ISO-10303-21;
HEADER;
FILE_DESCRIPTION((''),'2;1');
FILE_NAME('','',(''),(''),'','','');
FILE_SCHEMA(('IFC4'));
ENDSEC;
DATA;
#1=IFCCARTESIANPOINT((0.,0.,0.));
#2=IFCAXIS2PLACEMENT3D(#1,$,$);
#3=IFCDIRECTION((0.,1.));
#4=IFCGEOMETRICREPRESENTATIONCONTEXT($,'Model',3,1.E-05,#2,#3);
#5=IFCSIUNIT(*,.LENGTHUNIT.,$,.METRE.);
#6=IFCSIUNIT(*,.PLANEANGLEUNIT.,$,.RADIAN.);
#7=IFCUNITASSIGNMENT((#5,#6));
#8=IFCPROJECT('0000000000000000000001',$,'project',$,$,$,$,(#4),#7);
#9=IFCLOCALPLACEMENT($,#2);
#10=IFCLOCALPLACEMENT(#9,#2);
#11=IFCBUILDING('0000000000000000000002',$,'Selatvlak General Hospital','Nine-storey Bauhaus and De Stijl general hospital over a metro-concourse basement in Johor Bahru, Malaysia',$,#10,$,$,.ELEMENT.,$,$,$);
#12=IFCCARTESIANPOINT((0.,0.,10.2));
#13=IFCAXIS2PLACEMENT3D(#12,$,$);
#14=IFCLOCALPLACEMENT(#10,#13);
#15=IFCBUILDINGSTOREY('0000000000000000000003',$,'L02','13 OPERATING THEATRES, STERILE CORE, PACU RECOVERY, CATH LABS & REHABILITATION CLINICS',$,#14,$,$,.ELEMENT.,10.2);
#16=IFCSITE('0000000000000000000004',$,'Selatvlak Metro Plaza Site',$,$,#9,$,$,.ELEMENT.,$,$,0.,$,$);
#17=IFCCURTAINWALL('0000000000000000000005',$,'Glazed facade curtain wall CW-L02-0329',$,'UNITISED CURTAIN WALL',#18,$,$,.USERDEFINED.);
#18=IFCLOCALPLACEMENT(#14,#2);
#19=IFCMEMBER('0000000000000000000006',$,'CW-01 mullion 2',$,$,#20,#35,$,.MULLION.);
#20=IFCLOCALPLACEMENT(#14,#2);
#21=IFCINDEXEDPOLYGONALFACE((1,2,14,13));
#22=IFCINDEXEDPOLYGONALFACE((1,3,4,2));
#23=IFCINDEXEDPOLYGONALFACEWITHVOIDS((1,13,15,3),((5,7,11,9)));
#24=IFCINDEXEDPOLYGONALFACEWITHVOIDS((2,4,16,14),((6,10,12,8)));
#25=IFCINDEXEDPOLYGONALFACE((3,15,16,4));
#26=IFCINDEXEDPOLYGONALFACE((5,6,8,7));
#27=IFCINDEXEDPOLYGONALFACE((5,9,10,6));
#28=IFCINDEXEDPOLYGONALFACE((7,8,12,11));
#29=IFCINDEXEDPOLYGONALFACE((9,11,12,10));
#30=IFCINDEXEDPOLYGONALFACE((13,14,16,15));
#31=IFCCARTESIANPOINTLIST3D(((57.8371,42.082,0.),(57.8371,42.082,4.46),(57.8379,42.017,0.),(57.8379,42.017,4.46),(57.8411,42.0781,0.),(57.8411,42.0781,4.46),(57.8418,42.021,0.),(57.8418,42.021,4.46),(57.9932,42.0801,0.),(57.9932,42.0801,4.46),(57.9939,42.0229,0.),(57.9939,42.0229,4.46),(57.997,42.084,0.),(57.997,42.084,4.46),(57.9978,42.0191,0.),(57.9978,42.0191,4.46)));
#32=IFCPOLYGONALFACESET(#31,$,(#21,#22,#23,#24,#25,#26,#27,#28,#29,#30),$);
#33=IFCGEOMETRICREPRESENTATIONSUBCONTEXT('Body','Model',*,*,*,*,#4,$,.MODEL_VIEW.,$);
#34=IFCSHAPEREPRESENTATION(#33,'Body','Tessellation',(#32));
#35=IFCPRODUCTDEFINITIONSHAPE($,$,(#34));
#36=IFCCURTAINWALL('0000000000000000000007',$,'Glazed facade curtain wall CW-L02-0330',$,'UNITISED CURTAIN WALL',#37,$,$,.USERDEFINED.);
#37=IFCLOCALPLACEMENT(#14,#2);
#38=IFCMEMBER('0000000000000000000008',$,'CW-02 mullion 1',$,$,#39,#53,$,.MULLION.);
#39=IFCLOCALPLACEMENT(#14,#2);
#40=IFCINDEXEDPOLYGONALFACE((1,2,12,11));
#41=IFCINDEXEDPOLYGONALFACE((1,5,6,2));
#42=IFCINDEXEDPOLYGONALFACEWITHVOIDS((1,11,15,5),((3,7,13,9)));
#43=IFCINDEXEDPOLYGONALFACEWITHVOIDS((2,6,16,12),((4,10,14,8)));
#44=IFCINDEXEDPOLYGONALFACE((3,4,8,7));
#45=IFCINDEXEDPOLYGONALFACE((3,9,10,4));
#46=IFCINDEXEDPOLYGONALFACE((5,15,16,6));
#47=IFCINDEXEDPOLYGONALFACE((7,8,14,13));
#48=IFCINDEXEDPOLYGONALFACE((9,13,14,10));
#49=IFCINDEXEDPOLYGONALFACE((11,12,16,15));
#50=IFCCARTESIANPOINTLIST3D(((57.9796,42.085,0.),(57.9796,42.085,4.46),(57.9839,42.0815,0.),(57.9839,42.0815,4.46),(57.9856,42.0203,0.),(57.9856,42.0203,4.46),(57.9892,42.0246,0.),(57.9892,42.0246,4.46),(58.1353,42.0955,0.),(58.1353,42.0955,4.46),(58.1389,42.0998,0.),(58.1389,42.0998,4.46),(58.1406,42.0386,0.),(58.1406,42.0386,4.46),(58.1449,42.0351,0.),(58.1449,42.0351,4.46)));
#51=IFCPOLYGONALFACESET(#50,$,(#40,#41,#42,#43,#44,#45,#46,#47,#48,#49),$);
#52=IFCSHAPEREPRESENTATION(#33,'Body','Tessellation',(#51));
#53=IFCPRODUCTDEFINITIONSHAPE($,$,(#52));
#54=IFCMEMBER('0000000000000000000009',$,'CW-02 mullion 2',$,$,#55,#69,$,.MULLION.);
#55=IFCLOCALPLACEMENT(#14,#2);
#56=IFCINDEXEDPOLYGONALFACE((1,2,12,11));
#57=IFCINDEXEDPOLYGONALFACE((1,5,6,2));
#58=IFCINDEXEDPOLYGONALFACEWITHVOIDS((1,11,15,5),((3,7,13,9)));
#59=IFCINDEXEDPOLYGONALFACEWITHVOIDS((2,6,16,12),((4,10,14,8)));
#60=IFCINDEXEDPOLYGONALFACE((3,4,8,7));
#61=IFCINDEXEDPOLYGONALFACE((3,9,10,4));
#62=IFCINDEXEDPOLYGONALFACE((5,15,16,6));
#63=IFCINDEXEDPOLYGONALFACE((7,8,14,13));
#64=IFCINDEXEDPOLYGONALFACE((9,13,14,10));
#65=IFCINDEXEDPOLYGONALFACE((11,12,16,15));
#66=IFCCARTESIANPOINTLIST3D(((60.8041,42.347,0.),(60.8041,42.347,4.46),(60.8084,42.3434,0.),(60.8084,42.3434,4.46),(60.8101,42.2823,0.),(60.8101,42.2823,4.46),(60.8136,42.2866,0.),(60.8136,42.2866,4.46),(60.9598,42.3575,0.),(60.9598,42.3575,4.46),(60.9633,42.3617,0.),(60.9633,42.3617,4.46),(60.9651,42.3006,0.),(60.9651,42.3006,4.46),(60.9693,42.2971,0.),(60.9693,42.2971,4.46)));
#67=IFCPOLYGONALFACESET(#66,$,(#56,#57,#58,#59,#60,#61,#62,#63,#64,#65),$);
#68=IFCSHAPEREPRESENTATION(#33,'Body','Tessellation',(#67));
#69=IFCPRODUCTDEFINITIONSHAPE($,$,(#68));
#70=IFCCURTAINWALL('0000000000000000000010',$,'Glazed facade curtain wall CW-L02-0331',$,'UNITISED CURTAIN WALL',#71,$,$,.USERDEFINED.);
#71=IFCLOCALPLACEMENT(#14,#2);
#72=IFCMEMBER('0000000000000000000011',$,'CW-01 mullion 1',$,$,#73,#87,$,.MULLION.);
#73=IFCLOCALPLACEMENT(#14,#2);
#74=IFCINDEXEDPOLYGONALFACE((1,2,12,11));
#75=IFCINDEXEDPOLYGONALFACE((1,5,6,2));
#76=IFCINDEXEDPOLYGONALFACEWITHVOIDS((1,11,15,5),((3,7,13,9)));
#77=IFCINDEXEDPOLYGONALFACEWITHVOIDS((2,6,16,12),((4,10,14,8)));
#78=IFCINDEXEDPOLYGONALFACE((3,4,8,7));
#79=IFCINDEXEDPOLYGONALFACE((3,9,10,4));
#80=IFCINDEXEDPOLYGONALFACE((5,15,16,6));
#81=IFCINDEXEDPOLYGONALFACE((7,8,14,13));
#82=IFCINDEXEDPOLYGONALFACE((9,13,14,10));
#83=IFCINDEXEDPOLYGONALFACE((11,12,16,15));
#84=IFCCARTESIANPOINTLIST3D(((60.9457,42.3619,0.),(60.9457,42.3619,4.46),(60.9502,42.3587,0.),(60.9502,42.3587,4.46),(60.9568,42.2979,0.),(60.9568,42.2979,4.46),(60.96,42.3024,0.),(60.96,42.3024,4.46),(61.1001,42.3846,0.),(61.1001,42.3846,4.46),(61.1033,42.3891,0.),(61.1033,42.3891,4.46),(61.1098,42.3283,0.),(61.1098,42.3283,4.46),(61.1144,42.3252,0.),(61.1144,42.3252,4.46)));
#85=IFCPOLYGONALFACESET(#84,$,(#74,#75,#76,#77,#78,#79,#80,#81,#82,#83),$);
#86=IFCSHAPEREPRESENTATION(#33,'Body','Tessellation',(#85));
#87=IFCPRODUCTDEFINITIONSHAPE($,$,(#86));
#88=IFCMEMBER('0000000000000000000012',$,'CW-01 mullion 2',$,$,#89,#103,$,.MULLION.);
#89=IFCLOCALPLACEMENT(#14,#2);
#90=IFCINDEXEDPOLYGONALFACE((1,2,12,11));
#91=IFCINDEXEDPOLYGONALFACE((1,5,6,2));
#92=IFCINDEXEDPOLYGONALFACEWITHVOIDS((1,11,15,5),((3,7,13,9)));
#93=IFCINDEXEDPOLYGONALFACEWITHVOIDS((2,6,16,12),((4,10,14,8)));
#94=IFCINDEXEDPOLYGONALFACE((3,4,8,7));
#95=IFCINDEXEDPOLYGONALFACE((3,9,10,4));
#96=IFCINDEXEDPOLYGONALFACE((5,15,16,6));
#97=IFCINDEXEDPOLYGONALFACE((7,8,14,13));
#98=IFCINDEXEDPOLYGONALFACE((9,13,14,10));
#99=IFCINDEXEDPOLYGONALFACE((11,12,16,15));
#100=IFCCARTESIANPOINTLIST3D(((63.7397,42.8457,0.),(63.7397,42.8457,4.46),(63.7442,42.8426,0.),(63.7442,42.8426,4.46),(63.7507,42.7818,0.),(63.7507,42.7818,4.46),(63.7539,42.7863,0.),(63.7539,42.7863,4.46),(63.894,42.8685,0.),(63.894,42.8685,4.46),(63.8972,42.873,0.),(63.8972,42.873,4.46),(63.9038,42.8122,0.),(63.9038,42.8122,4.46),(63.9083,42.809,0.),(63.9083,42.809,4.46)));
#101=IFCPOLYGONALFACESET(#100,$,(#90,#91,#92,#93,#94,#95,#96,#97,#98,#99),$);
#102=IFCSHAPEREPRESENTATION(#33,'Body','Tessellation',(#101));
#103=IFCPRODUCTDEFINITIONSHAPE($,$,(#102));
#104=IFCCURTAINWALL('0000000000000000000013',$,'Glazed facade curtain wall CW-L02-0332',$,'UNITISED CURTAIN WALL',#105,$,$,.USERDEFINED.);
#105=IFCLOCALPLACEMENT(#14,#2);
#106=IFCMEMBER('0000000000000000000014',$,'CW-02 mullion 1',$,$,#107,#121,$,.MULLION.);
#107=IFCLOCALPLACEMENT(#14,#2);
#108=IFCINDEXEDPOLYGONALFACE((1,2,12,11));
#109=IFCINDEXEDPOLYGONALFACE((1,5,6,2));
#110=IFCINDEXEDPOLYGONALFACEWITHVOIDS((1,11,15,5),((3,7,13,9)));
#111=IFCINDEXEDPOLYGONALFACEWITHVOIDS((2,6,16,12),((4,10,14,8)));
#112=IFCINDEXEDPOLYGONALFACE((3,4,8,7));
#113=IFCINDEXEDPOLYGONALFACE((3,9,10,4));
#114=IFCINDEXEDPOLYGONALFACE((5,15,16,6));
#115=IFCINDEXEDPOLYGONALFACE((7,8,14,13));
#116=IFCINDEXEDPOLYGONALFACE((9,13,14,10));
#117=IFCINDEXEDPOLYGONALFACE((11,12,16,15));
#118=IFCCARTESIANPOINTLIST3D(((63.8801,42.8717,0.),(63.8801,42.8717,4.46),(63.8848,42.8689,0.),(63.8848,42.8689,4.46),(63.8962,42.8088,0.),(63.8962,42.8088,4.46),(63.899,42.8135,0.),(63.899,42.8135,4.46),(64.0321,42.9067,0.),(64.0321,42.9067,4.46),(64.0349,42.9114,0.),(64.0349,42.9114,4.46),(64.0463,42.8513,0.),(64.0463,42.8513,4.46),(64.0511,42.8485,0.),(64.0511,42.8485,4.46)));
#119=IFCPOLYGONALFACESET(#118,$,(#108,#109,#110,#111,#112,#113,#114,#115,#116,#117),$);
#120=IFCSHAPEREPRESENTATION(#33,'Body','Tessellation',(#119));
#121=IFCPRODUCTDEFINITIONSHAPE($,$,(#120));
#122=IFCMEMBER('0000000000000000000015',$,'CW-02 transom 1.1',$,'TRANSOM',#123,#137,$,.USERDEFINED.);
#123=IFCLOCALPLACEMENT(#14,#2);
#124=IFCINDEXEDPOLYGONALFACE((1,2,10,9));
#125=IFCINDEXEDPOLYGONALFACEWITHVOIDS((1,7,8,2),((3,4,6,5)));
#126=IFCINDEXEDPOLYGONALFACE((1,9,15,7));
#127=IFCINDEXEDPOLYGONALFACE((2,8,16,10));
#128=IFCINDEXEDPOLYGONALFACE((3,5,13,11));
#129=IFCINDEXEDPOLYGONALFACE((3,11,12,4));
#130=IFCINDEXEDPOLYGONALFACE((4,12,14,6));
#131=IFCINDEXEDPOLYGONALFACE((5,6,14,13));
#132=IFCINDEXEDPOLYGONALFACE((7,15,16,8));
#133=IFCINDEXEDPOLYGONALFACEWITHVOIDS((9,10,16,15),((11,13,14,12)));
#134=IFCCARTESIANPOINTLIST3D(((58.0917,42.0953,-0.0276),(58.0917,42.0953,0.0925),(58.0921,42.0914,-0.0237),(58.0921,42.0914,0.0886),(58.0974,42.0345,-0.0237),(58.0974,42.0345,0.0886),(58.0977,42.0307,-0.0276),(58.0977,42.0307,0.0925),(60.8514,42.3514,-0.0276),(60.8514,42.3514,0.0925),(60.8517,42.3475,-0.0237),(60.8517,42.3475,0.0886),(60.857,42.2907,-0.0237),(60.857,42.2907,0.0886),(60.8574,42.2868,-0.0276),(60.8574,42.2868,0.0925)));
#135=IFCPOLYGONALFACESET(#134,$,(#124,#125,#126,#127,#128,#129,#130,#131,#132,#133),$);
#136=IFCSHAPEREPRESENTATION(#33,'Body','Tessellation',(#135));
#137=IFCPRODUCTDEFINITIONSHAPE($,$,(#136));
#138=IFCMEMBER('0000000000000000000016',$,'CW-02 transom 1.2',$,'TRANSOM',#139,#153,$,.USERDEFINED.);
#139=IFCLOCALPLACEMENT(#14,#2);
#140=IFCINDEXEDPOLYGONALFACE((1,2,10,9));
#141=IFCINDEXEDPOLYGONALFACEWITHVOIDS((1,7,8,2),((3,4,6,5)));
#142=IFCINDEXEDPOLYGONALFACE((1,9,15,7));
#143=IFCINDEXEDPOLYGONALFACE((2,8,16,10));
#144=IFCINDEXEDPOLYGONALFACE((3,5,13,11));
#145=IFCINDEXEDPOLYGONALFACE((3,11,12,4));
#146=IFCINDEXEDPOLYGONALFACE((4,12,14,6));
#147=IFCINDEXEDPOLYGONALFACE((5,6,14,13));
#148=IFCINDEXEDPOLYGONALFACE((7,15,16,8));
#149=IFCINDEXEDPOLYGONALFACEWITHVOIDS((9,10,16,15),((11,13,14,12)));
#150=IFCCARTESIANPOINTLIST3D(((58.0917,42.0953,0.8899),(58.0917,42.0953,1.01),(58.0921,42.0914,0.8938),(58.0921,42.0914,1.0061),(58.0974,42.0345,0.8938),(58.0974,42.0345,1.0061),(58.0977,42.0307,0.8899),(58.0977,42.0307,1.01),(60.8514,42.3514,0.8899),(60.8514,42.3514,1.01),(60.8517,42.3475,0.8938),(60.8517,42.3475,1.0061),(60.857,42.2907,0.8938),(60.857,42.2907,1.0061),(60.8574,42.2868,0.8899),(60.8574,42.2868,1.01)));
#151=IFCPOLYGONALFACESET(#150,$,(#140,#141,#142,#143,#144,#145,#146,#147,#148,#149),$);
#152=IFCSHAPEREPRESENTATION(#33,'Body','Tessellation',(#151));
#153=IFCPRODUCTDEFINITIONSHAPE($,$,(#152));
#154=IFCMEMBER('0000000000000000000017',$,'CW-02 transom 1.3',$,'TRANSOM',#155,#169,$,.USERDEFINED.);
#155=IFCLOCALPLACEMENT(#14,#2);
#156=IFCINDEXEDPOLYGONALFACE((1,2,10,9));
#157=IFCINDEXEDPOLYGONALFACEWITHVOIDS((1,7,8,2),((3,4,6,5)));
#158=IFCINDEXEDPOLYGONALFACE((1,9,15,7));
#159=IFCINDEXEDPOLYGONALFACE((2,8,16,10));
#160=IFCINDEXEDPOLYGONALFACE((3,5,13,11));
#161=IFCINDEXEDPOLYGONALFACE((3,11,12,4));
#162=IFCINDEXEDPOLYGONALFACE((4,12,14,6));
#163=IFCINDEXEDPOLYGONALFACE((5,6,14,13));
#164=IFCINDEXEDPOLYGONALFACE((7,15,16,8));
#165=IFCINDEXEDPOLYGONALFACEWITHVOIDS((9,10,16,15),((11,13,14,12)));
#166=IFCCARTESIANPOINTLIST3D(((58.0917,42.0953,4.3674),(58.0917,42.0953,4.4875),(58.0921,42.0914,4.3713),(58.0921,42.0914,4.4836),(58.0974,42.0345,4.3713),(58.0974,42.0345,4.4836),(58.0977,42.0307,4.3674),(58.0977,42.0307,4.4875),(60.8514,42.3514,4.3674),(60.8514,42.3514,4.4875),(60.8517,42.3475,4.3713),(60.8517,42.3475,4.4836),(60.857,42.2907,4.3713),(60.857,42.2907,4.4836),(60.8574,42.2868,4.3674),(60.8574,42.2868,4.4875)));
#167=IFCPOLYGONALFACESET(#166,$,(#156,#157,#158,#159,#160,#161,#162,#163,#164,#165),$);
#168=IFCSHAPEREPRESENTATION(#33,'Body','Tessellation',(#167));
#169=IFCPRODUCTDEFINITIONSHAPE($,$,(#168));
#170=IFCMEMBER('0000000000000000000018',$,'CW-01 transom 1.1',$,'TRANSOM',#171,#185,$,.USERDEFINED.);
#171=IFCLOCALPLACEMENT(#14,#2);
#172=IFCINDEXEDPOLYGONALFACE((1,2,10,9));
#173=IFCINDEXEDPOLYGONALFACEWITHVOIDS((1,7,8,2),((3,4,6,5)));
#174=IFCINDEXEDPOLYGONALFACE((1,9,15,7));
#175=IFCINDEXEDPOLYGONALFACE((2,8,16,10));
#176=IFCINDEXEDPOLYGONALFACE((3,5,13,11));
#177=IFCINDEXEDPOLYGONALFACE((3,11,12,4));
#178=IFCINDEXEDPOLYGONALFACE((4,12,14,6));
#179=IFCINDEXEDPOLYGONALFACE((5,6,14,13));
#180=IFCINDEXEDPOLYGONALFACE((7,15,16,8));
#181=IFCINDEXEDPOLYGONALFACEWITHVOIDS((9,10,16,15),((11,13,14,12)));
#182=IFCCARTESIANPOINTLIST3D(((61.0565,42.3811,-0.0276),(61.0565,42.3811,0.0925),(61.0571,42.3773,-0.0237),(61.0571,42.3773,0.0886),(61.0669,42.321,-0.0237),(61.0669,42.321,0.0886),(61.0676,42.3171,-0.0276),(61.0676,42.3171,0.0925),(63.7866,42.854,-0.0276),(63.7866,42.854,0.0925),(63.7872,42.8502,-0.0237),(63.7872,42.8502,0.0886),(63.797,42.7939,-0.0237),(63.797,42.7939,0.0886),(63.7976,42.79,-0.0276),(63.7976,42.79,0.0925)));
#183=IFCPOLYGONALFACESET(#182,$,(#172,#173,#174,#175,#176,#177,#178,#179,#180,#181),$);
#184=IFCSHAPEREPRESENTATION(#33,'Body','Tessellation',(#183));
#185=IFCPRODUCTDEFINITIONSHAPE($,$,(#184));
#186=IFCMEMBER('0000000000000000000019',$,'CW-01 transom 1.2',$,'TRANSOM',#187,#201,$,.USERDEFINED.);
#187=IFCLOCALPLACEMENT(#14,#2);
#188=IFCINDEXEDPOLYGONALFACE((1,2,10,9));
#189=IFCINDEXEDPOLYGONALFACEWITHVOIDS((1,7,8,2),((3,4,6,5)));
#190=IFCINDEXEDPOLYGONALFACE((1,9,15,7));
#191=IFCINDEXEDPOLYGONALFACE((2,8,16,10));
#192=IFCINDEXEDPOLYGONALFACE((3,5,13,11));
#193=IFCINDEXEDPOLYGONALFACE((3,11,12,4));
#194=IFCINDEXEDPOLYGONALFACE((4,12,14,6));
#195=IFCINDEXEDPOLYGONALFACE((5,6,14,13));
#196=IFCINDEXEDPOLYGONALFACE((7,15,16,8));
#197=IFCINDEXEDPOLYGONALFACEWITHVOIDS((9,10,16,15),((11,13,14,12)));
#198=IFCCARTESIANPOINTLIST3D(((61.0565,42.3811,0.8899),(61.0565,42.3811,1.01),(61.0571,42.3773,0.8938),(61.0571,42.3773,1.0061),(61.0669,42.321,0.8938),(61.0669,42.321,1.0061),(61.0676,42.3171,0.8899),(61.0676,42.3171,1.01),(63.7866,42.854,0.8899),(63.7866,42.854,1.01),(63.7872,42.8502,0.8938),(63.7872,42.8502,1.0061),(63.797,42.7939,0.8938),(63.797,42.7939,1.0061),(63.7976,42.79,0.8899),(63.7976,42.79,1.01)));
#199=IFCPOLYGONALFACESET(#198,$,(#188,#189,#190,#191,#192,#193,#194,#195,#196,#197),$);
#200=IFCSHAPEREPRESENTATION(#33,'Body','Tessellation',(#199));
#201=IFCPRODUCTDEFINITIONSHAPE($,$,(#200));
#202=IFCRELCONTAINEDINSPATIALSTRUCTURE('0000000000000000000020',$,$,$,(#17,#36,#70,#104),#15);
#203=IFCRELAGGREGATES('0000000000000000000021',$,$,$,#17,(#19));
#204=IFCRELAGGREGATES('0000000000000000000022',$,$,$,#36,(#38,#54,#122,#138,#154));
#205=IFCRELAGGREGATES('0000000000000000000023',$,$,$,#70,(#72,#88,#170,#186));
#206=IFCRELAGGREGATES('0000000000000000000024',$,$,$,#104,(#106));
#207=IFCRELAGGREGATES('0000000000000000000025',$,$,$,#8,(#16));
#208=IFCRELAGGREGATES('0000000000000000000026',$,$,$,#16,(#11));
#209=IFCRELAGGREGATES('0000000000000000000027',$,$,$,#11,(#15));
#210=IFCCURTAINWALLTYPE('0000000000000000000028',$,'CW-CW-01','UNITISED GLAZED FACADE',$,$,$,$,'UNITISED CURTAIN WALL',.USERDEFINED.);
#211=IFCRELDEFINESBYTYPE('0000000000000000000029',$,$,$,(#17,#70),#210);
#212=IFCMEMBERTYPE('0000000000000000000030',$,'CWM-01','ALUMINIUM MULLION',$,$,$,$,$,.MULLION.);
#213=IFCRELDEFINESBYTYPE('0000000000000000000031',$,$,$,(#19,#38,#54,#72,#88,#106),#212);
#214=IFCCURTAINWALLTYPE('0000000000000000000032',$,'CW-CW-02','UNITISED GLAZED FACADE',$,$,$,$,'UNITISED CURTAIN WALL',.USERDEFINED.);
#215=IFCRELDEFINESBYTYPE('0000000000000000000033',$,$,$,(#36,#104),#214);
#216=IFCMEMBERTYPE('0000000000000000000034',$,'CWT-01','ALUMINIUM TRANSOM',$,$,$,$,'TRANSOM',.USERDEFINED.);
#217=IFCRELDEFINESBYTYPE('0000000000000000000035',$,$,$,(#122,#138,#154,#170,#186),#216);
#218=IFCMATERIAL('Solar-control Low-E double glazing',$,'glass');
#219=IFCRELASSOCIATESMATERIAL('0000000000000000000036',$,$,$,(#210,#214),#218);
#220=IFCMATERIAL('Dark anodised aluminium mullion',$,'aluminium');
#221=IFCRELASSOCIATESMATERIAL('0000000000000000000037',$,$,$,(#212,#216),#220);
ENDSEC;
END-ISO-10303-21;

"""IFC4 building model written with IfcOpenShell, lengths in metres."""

from ifc_helpers import new_model, si_unit, direction, frame, origin, origin_2d, place, context, subcontext, project, spatial, hollow_rectangle, extrude, material, material_profile, profile_set, type_object, element, aggregate, save


model = new_model("IFC4")

# Units and contexts
model_context = context("Model", 3, precision=1e-05, world=origin(), true_north=direction((0.0, 1.0)))
body_context = subcontext(model_context, "Body", "Model", "MODEL_VIEW")
ifc_project = project(units=[si_unit("LENGTHUNIT", "METRE"), si_unit("PLANEANGLEUNIT", "RADIAN")], contexts=[model_context])

# Site, building, storey
site_placement = place(None, origin())
site = spatial("IfcSite", under=ifc_project, at=site_placement, Name="Selatvlak Metro Plaza Site", CompositionType="ELEMENT", RefElevation=0.0)
building_placement = place(site_placement, origin())
building = spatial("IfcBuilding", under=site, at=building_placement, Name="Selatvlak General Hospital", Description="Nine-storey Bauhaus and De Stijl general hospital over a metro-concourse basement in Johor Bahru, Malaysia", CompositionType="ELEMENT")
storey_placement = place(building_placement, frame((0.0, 0.0, 10.2)))
storey = spatial("IfcBuildingStorey", under=building, at=storey_placement, Name="L02", Description="13 OPERATING THEATRES, STERILE CORE, PACU RECOVERY, CATH LABS & REHABILITATION CLINICS", CompositionType="ELEMENT", Elevation=10.2)

# Curtain wall, member
ifc_material_1 = material(Name="Solar-control Low-E double glazing", Category="glass")
curtain_wall_type_1 = type_object("IfcCurtainWallType", Name="CW-CW-01", Description="UNITISED GLAZED FACADE", ElementType="UNITISED CURTAIN WALL", PredefinedType="USERDEFINED", material=ifc_material_1)
curtain_wall_1_placement = place(storey_placement, origin())
curtain_wall_1 = element("IfcCurtainWall", 1, at=curtain_wall_1_placement, inside=storey, type_object=curtain_wall_type_1, Name="Glazed facade curtain wall CW-L02-0329", ObjectType="UNITISED CURTAIN WALL", PredefinedType="USERDEFINED")
ifc_material_2 = material(Name="Dark anodised aluminium mullion", Category="aluminium")
ifc_material_profile_1 = material_profile(ifc_material_2, hollow_rectangle(XDim=0.0649, YDim=0.1599, WallThickness=0.0039, at=origin_2d()), Name="AL-MUL 65x160x4")
ifc_profile_set_1 = profile_set([ifc_material_profile_1], Name="Dark anodised aluminium mullion")
member_type_1 = type_object("IfcMemberType", Name="CWM-01", Description="ALUMINIUM MULLION", PredefinedType="MULLION", material=ifc_profile_set_1)
member_1_placement = place(storey_placement, frame((57.9175, 42.0505, 0.0), z_axis=(0.0, 0.0, 1.0), x_axis=(-0.012762, 0.999919, 0.0)))
member_1 = element("IfcMember", 2, at=member_1_placement, type_object=member_type_1, Name="CW-01 mullion 2", PredefinedType="MULLION", context=body_context, shape_type="SweptSolid", body=[
    extrude(hollow_rectangle(XDim=0.0649, YDim=0.1599, WallThickness=0.0039, at=origin_2d()), origin(), (0.0, 0.0, 1.0), 4.46),
])

# Curtain walls, members
curtain_wall_type_2 = type_object("IfcCurtainWallType", Name="CW-CW-02", Description="UNITISED GLAZED FACADE", ElementType="UNITISED CURTAIN WALL", PredefinedType="USERDEFINED", material=ifc_material_1)
curtain_wall_2_placement = place(storey_placement, origin())
curtain_wall_2 = element("IfcCurtainWall", 3, at=curtain_wall_2_placement, inside=storey, type_object=curtain_wall_type_2, Name="Glazed facade curtain wall CW-L02-0330", ObjectType="UNITISED CURTAIN WALL", PredefinedType="USERDEFINED")
member_2_placement = place(storey_placement, frame((58.0623, 42.0601, 0.0), z_axis=(0.0, 0.0, 1.0), x_axis=(-0.092369, 0.995725, 0.0)))
member_2 = element("IfcMember", 4, at=member_2_placement, type_object=member_type_1, Name="CW-02 mullion 1", PredefinedType="MULLION", context=body_context, shape_type="SweptSolid", body=[
    extrude(hollow_rectangle(XDim=0.0649, YDim=0.1599, WallThickness=0.0039, at=origin_2d()), origin(), (0.0, 0.0, 1.0), 4.46),
])
member_3_placement = place(storey_placement, frame((60.8867, 42.322, 0.0), z_axis=(0.0, 0.0, 1.0), x_axis=(-0.092369, 0.995725, 0.0)))
member_3 = element("IfcMember", 5, at=member_3_placement, type_object=member_type_1, Name="CW-02 mullion 2", PredefinedType="MULLION", context=body_context, shape_type="SweptSolid", body=[
    extrude(hollow_rectangle(XDim=0.0649, YDim=0.1599, WallThickness=0.0039, at=origin_2d()), origin(), (0.0, 0.0, 1.0), 4.46),
])
curtain_wall_3_placement = place(storey_placement, origin())
curtain_wall_3 = element("IfcCurtainWall", 6, at=curtain_wall_3_placement, inside=storey, type_object=curtain_wall_type_1, Name="Glazed facade curtain wall CW-L02-0331", ObjectType="UNITISED CURTAIN WALL", PredefinedType="USERDEFINED")
member_4_placement = place(storey_placement, frame((61.03, 42.3435, 0.0), z_axis=(0.0, 0.0, 1.0), x_axis=(-0.170657, 0.98533, 0.0)))
member_4 = element("IfcMember", 7, at=member_4_placement, type_object=member_type_1, Name="CW-01 mullion 1", PredefinedType="MULLION", context=body_context, shape_type="SweptSolid", body=[
    extrude(hollow_rectangle(XDim=0.0649, YDim=0.1599, WallThickness=0.0039, at=origin_2d()), origin(), (0.0, 0.0, 1.0), 4.46),
])
member_5_placement = place(storey_placement, frame((63.824, 42.8274, 0.0), z_axis=(0.0, 0.0, 1.0), x_axis=(-0.170657, 0.98533, 0.0)))
member_5 = element("IfcMember", 8, at=member_5_placement, type_object=member_type_1, Name="CW-01 mullion 2", PredefinedType="MULLION", context=body_context, shape_type="SweptSolid", body=[
    extrude(hollow_rectangle(XDim=0.0649, YDim=0.1599, WallThickness=0.0039, at=origin_2d()), origin(), (0.0, 0.0, 1.0), 4.46),
])

# Curtain wall, member
curtain_wall_4_placement = place(storey_placement, origin())
curtain_wall_4 = element("IfcCurtainWall", 9, at=curtain_wall_4_placement, inside=storey, type_object=curtain_wall_type_2, Name="Glazed facade curtain wall CW-L02-0332", ObjectType="UNITISED CURTAIN WALL", PredefinedType="USERDEFINED")
member_6_placement = place(storey_placement, frame((63.9656, 42.8601, 0.0), z_axis=(0.0, 0.0, 1.0), x_axis=(-0.248607, 0.968604, 0.0)))
member_6 = element("IfcMember", 10, at=member_6_placement, type_object=member_type_1, Name="CW-02 mullion 1", PredefinedType="MULLION", context=body_context, shape_type="SweptSolid", body=[
    extrude(hollow_rectangle(XDim=0.0649, YDim=0.1599, WallThickness=0.0039, at=origin_2d()), origin(), (0.0, 0.0, 1.0), 4.46),
])

# Members
ifc_material_profile_2 = material_profile(ifc_material_2, hollow_rectangle(XDim=0.0649, YDim=0.1201, WallThickness=0.0039, at=origin_2d()), Name="AL-TRN 65x120x4")
ifc_profile_set_2 = profile_set([ifc_material_profile_2], Name="Dark anodised aluminium mullion")
member_type_2 = type_object("IfcMemberType", Name="CWT-01", Description="ALUMINIUM TRANSOM", ElementType="TRANSOM", PredefinedType="USERDEFINED", material=ifc_profile_set_2)
member_7_placement = place(storey_placement, frame((58.0947, 42.063, 0.0325), z_axis=(0.995721, 0.09241, 0.0), x_axis=(-0.09241, 0.995721, 0.0)))
member_7 = element("IfcMember", 11, at=member_7_placement, type_object=member_type_2, Name="CW-02 transom 1.1", ObjectType="TRANSOM", PredefinedType="USERDEFINED", context=body_context, shape_type="SweptSolid", body=[
    extrude(hollow_rectangle(XDim=0.0649, YDim=0.1201, WallThickness=0.0039, at=origin_2d()), origin(), (0.0, 0.0, 1.0), 2.7715),
])
member_8_placement = place(storey_placement, frame((58.0947, 42.063, 0.95), z_axis=(0.995721, 0.09241, 0.0), x_axis=(-0.09241, 0.995721, 0.0)))
member_8 = element("IfcMember", 12, at=member_8_placement, type_object=member_type_2, Name="CW-02 transom 1.2", ObjectType="TRANSOM", PredefinedType="USERDEFINED", context=body_context, shape_type="SweptSolid", body=[
    extrude(hollow_rectangle(XDim=0.0649, YDim=0.1201, WallThickness=0.0039, at=origin_2d()), origin(), (0.0, 0.0, 1.0), 2.7715),
])
member_9_placement = place(storey_placement, frame((58.0947, 42.063, 4.4275), z_axis=(0.995721, 0.09241, 0.0), x_axis=(-0.09241, 0.995721, 0.0)))
member_9 = element("IfcMember", 13, at=member_9_placement, type_object=member_type_2, Name="CW-02 transom 1.3", ObjectType="TRANSOM", PredefinedType="USERDEFINED", context=body_context, shape_type="SweptSolid", body=[
    extrude(hollow_rectangle(XDim=0.0649, YDim=0.1201, WallThickness=0.0039, at=origin_2d()), origin(), (0.0, 0.0, 1.0), 2.7715),
])
member_10_placement = place(storey_placement, frame((61.062, 42.3491, 0.0325), z_axis=(0.985326, 0.170683, 0.0), x_axis=(-0.170683, 0.985326, 0.0)))
member_10 = element("IfcMember", 14, at=member_10_placement, type_object=member_type_2, Name="CW-01 transom 1.1", ObjectType="TRANSOM", PredefinedType="USERDEFINED", context=body_context, shape_type="SweptSolid", body=[
    extrude(hollow_rectangle(XDim=0.0649, YDim=0.1201, WallThickness=0.0039, at=origin_2d()), origin(), (0.0, 0.0, 1.0), 2.7708),
])
member_11_placement = place(storey_placement, frame((61.062, 42.3491, 0.95), z_axis=(0.985326, 0.170683, 0.0), x_axis=(-0.170683, 0.985326, 0.0)))
member_11 = element("IfcMember", 15, at=member_11_placement, type_object=member_type_2, Name="CW-01 transom 1.2", ObjectType="TRANSOM", PredefinedType="USERDEFINED", context=body_context, shape_type="SweptSolid", body=[
    extrude(hollow_rectangle(XDim=0.0649, YDim=0.1201, WallThickness=0.0039, at=origin_2d()), origin(), (0.0, 0.0, 1.0), 2.7708),
])

aggregate(curtain_wall_1, [member_1])
aggregate(curtain_wall_2, [member_2, member_3, member_7, member_8, member_9])
aggregate(curtain_wall_3, [member_4, member_5, member_10, member_11])
aggregate(curtain_wall_4, [member_6])

save(model, "model.ifc")
